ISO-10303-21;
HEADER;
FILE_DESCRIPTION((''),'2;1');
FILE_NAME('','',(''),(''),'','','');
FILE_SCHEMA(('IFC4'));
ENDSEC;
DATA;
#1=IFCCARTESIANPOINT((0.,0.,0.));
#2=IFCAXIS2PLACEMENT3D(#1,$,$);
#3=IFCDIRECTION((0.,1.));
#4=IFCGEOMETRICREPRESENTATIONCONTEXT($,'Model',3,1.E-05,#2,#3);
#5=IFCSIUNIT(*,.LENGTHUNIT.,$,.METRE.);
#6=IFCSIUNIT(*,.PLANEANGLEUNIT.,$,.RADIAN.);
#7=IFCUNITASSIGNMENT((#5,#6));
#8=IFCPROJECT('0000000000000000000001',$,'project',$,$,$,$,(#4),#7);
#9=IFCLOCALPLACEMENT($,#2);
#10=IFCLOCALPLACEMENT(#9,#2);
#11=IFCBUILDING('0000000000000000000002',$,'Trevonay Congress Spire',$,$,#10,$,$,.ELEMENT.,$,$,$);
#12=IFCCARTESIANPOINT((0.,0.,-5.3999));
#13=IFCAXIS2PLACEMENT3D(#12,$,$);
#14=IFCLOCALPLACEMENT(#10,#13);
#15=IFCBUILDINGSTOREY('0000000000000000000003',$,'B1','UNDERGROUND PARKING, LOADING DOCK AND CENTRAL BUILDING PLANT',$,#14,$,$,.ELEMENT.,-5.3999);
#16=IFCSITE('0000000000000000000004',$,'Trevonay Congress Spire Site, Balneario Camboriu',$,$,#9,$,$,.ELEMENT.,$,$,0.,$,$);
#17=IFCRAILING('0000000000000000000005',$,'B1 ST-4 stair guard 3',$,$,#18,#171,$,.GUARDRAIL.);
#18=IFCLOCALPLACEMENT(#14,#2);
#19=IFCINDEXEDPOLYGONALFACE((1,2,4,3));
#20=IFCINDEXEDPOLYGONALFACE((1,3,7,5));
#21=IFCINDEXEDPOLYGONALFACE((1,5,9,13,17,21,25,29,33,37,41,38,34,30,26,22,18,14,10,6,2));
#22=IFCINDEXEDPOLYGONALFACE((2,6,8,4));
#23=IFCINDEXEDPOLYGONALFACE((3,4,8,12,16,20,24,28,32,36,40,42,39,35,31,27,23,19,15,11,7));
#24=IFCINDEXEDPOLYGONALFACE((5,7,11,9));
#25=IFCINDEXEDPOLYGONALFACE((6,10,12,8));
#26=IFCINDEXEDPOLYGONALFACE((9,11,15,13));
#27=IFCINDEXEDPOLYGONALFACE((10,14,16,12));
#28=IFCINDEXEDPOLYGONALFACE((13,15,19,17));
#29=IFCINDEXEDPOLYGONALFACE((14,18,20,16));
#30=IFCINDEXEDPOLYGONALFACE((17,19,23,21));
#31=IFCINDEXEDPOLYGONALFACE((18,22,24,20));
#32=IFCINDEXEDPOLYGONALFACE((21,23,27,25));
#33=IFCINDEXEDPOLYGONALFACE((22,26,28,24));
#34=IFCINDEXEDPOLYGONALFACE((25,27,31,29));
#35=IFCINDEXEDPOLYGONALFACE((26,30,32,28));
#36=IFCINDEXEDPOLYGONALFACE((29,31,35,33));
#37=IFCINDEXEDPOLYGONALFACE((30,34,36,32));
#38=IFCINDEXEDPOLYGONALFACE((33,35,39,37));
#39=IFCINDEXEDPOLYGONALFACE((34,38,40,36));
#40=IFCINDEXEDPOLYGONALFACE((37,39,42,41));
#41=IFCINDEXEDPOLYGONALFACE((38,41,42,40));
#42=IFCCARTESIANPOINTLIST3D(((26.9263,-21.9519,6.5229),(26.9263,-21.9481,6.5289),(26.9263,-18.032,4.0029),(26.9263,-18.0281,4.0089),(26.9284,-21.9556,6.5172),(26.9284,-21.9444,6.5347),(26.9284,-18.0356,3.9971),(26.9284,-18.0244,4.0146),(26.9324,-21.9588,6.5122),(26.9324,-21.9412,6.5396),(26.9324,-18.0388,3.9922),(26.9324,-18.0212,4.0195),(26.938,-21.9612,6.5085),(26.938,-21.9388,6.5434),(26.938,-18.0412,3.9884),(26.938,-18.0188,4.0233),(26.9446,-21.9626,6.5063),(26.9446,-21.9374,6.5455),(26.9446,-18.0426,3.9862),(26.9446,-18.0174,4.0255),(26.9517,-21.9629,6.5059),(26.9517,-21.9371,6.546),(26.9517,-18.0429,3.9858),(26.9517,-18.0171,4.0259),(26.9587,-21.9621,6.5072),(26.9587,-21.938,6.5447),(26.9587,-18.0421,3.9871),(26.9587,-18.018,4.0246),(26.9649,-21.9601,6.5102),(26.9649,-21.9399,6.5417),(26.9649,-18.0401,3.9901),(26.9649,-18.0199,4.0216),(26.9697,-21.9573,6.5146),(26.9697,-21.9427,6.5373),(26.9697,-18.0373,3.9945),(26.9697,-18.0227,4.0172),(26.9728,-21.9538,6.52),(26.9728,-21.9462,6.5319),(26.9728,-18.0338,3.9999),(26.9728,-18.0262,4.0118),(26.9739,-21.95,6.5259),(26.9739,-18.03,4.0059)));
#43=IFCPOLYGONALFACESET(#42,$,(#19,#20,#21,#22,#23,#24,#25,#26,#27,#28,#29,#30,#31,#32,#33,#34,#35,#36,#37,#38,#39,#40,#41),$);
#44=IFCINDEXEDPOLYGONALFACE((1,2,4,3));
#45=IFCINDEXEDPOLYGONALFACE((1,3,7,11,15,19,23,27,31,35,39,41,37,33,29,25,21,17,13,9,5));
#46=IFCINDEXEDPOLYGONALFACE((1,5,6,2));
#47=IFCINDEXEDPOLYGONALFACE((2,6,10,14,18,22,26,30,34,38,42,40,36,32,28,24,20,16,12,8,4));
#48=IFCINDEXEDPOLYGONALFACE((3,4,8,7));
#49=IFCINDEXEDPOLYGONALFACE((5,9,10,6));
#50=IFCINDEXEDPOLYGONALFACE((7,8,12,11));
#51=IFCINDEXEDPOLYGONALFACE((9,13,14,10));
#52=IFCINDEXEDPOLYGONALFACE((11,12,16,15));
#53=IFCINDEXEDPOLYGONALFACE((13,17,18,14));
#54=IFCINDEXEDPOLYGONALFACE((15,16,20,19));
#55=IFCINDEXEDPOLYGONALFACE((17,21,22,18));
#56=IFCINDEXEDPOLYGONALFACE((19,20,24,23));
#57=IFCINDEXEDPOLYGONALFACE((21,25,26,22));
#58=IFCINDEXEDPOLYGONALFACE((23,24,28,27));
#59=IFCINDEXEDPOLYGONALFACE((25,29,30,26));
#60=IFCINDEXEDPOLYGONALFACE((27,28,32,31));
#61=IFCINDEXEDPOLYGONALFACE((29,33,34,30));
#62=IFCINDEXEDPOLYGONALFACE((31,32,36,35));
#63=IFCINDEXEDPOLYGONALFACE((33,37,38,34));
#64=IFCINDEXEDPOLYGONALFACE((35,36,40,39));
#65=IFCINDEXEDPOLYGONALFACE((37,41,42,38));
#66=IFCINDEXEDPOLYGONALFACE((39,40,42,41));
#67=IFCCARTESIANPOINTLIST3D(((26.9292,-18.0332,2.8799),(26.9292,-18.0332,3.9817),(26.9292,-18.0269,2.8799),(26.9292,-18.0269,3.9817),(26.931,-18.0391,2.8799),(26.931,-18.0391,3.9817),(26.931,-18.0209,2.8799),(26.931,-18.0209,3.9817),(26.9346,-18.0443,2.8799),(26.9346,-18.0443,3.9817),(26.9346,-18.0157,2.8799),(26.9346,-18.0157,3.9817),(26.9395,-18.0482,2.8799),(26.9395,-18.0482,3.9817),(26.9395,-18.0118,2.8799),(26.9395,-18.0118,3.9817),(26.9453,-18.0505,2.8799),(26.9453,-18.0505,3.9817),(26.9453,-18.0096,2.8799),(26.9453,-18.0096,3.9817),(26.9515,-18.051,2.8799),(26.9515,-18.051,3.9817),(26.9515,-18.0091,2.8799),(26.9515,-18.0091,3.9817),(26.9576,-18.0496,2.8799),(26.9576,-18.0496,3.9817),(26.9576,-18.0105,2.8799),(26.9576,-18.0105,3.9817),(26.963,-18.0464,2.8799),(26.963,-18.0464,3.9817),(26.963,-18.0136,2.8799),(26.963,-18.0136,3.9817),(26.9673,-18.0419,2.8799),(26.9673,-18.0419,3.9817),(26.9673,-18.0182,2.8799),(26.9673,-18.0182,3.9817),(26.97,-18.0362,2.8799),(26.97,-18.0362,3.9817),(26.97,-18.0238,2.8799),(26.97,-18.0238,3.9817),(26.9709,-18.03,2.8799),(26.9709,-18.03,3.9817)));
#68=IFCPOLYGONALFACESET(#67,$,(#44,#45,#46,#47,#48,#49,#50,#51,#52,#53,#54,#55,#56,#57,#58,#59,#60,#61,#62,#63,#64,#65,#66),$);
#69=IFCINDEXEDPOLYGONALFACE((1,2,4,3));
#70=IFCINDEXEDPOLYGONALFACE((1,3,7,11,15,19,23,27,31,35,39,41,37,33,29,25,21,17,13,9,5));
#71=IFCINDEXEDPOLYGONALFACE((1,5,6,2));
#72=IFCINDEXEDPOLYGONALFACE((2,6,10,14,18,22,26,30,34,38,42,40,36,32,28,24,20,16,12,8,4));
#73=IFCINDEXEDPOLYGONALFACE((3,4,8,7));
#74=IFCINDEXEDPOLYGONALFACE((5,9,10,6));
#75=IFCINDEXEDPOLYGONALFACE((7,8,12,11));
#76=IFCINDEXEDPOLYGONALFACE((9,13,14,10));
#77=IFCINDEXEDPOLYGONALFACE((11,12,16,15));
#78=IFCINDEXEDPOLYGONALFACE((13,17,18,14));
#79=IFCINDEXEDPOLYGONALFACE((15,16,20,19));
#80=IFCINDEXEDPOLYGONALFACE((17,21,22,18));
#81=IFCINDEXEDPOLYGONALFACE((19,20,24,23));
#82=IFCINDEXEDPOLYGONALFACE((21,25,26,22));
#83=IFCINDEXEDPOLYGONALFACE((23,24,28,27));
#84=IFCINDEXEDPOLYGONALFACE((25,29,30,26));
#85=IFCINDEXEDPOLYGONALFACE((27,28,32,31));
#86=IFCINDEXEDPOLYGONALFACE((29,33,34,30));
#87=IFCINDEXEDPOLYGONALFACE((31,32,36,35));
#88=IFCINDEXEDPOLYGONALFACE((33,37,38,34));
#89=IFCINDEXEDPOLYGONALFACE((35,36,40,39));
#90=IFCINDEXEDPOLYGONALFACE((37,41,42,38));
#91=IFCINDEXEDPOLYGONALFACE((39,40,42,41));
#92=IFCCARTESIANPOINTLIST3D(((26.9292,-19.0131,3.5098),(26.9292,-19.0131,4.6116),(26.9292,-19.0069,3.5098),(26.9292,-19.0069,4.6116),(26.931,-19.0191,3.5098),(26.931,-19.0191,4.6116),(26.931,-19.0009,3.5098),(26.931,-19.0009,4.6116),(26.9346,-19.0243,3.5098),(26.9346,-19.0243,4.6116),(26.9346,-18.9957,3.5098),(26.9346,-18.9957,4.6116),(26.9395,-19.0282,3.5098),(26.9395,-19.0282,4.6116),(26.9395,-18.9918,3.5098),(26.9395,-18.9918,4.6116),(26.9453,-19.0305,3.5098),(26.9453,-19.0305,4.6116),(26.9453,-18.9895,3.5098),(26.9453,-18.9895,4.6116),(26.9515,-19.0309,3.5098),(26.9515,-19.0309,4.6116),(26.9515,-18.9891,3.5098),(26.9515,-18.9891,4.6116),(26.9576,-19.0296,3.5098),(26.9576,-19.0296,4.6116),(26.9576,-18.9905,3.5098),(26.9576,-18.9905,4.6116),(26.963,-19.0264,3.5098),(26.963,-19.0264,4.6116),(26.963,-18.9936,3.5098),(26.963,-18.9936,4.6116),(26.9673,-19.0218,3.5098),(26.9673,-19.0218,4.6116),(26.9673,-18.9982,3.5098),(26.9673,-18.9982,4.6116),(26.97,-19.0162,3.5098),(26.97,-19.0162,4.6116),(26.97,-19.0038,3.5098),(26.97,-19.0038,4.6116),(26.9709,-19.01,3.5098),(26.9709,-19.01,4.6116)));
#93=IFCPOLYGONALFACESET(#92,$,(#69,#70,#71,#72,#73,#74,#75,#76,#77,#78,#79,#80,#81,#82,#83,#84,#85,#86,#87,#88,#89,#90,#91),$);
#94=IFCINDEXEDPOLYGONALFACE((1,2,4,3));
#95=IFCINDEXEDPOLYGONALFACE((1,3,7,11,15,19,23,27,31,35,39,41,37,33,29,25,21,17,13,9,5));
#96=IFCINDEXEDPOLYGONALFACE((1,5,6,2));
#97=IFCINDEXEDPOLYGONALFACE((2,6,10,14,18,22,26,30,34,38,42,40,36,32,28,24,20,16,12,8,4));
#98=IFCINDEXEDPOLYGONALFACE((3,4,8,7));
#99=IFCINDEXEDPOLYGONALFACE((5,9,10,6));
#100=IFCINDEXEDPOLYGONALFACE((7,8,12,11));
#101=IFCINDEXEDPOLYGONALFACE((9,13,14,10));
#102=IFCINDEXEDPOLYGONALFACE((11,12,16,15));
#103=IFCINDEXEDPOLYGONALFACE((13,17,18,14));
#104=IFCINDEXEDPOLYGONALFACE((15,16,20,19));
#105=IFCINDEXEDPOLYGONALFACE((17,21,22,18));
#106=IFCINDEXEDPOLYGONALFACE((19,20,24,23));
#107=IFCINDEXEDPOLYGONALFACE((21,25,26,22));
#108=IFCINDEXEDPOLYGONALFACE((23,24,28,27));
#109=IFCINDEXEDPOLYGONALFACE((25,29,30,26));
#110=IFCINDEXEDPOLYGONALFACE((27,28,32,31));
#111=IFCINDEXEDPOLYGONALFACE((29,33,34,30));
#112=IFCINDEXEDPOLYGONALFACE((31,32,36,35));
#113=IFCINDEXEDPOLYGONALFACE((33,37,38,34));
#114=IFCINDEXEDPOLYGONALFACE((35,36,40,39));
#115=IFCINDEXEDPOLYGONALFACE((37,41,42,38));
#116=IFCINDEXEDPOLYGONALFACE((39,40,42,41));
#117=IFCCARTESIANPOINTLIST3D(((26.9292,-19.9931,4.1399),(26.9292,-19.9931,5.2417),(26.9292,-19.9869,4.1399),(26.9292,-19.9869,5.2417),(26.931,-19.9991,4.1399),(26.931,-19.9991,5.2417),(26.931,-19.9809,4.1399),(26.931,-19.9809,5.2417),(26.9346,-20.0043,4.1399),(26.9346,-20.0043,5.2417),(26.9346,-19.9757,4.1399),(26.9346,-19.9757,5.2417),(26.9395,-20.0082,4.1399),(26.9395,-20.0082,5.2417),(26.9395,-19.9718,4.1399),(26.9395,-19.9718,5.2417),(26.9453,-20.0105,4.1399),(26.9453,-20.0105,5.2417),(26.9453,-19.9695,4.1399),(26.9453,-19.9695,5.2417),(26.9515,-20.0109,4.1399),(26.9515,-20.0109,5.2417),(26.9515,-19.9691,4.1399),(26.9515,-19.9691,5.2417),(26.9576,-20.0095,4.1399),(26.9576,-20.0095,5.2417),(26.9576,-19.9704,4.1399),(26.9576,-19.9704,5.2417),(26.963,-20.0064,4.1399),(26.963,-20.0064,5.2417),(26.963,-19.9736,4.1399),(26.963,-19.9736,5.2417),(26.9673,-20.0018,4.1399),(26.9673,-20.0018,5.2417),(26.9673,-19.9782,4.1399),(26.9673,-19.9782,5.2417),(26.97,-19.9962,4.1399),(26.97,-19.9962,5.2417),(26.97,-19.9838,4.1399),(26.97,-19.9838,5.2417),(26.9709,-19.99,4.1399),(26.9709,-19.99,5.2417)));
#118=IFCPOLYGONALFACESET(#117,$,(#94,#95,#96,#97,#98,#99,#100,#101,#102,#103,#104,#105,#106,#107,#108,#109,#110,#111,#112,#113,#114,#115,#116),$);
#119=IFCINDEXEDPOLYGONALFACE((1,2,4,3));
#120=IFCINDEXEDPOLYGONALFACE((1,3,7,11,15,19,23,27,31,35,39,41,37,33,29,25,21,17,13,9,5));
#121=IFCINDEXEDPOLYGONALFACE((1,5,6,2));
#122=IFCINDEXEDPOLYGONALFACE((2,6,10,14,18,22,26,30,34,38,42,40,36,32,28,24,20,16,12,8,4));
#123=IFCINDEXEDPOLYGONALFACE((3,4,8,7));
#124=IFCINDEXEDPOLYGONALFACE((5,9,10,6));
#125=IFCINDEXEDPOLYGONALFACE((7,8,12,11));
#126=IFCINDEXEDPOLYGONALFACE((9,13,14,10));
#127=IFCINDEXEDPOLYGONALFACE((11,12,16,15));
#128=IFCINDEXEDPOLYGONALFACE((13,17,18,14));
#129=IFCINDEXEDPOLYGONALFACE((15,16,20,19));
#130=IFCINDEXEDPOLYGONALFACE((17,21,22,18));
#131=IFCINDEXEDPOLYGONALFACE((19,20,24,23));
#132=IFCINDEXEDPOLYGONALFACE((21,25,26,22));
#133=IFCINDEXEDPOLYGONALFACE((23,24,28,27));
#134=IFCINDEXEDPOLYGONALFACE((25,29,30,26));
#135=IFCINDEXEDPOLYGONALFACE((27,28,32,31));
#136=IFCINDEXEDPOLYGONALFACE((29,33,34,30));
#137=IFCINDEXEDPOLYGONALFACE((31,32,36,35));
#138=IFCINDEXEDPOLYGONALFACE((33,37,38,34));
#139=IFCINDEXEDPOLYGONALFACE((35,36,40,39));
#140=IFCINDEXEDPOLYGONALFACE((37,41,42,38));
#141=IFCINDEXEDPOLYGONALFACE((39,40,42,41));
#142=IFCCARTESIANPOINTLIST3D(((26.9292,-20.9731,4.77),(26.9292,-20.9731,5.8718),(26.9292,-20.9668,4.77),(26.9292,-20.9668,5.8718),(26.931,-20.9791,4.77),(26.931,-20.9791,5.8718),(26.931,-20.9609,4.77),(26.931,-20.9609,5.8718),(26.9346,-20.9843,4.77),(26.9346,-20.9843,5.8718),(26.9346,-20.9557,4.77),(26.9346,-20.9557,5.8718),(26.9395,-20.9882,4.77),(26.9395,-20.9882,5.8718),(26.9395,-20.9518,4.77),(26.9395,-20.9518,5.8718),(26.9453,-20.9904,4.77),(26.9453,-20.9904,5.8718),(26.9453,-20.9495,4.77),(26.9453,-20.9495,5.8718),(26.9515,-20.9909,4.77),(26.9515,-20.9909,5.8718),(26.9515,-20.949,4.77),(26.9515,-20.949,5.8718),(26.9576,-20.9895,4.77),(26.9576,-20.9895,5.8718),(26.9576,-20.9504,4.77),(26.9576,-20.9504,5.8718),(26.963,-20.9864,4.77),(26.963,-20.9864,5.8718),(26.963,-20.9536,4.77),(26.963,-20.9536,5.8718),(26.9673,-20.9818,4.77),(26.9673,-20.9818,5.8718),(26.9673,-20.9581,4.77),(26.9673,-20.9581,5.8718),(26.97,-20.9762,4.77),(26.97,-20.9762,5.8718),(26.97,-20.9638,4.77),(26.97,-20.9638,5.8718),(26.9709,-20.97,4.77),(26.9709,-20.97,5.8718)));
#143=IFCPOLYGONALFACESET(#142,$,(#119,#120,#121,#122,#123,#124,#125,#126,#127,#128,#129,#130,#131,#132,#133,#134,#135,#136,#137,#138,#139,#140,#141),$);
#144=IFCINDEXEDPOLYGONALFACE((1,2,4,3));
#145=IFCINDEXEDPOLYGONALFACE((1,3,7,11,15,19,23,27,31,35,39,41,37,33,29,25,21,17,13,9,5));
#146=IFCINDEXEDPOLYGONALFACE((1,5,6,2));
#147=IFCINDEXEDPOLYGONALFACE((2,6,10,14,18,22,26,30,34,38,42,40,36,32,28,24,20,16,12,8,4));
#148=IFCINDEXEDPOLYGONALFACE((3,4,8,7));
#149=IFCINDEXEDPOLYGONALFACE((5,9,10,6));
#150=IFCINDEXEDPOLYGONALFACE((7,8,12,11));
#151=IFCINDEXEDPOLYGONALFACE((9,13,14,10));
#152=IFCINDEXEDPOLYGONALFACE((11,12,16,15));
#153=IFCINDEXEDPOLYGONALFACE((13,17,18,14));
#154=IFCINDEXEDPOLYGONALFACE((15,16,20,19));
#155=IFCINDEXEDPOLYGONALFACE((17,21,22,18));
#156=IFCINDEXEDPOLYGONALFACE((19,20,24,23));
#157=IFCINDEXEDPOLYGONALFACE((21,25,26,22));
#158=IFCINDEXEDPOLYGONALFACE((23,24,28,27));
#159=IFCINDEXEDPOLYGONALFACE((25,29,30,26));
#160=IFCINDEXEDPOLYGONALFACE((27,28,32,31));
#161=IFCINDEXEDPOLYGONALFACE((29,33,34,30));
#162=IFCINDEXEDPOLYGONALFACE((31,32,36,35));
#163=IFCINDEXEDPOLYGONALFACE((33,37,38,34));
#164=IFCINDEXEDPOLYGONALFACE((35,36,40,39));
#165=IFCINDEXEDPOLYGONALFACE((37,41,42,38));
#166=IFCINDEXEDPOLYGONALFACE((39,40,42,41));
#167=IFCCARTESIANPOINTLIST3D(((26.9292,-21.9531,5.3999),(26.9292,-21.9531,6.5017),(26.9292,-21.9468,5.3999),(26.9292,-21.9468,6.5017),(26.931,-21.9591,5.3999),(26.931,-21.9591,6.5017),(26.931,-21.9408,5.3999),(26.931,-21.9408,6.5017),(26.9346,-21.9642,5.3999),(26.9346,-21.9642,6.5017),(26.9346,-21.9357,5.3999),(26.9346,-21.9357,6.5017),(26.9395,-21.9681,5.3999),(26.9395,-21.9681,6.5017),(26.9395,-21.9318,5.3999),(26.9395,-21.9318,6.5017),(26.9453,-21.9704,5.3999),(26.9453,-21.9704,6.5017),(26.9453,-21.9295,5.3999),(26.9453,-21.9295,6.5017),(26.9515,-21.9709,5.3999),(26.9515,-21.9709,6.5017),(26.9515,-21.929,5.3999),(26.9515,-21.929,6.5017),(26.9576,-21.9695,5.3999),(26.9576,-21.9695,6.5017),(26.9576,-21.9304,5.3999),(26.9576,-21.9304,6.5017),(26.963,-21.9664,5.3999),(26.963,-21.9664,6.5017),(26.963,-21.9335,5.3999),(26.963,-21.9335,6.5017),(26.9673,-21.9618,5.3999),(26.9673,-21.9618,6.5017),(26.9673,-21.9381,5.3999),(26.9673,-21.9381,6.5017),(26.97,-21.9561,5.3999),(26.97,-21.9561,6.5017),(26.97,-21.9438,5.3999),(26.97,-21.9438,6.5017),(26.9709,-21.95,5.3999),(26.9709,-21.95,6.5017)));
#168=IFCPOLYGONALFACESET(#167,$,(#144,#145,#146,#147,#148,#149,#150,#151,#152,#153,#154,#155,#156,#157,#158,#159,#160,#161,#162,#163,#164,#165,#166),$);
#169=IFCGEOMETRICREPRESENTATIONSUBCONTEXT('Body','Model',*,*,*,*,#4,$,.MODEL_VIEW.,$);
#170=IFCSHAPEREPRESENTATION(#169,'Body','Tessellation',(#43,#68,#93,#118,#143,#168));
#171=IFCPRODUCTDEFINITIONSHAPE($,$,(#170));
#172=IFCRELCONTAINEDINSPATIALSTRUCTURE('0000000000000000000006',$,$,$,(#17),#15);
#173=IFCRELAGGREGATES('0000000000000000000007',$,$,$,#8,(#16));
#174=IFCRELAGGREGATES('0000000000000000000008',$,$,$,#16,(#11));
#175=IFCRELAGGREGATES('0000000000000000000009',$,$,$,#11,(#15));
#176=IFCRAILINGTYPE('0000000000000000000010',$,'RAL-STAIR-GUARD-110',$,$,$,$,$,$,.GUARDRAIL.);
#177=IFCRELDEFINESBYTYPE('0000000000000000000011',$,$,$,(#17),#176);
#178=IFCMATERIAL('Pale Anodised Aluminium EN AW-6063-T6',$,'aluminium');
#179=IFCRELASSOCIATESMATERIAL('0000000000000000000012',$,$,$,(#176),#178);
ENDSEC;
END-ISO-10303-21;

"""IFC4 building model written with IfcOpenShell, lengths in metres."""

from ifc_helpers import new_model, si_unit, direction, frame, origin, origin_2d, place, context, subcontext, project, spatial, circle, extrude, material, type_object, element, save


model = new_model("IFC4")

# Units and contexts
model_context = context("Model", 3, precision=1e-05, world=origin(), true_north=direction((0.0, 1.0)))
body_context = subcontext(model_context, "Body", "Model", "MODEL_VIEW")
ifc_project = project(units=[si_unit("LENGTHUNIT", "METRE"), si_unit("PLANEANGLEUNIT", "RADIAN")], contexts=[model_context])

# Site, building, storey
site_placement = place(None, origin())
site = spatial("IfcSite", under=ifc_project, at=site_placement, Name="Trevonay Congress Spire Site, Balneario Camboriu", CompositionType="ELEMENT", RefElevation=0.0)
building_placement = place(site_placement, origin())
building = spatial("IfcBuilding", under=site, at=building_placement, Name="Trevonay Congress Spire", CompositionType="ELEMENT")
storey_placement = place(building_placement, frame((0.0, 0.0, -5.3999)))
storey = spatial("IfcBuildingStorey", under=building, at=storey_placement, Name="B1", Description="UNDERGROUND PARKING, LOADING DOCK AND CENTRAL BUILDING PLANT", CompositionType="ELEMENT", Elevation=-5.3999)

# Railing
ifc_material_1 = material(Name="Pale Anodised Aluminium EN AW-6063-T6", Category="aluminium")
railing_type_1 = type_object("IfcRailingType", Name="RAL-STAIR-GUARD-110", PredefinedType="GUARDRAIL", material=ifc_material_1)
railing_1_placement = place(storey_placement, frame((26.95, -18.03, 2.8799)))
element("IfcRailing", 1, at=railing_1_placement, inside=storey, type_object=railing_type_1, Name="B1 ST-4 stair guard 3", PredefinedType="GUARDRAIL", context=body_context, shape_type="SweptSolid", body=[
    extrude(circle(Radius=0.0239, at=origin_2d()), frame((0.0, 0.0, 1.126), z_axis=(0.0, -0.841172, 0.540768), x_axis=(1.0, 0.0, 0.0)), (0.0, 0.0, 1.0), 4.6602),
    extrude(circle(Radius=0.021, at=origin_2d()), origin(), (0.0, 0.0, 1.0), 1.1018),
    extrude(circle(Radius=0.021, at=origin_2d()), frame((0.0, -0.98, 0.6299)), (0.0, 0.0, 1.0), 1.1018),
    extrude(circle(Radius=0.021, at=origin_2d()), frame((0.0, -1.96, 1.26)), (0.0, 0.0, 1.0), 1.1018),
    extrude(circle(Radius=0.021, at=origin_2d()), frame((0.0, -2.9399, 1.8901)), (0.0, 0.0, 1.0), 1.1018),
    extrude(circle(Radius=0.021, at=origin_2d()), frame((0.0, -3.9199, 2.52)), (0.0, 0.0, 1.0), 1.1018),
])

save(model, "model.ifc")
